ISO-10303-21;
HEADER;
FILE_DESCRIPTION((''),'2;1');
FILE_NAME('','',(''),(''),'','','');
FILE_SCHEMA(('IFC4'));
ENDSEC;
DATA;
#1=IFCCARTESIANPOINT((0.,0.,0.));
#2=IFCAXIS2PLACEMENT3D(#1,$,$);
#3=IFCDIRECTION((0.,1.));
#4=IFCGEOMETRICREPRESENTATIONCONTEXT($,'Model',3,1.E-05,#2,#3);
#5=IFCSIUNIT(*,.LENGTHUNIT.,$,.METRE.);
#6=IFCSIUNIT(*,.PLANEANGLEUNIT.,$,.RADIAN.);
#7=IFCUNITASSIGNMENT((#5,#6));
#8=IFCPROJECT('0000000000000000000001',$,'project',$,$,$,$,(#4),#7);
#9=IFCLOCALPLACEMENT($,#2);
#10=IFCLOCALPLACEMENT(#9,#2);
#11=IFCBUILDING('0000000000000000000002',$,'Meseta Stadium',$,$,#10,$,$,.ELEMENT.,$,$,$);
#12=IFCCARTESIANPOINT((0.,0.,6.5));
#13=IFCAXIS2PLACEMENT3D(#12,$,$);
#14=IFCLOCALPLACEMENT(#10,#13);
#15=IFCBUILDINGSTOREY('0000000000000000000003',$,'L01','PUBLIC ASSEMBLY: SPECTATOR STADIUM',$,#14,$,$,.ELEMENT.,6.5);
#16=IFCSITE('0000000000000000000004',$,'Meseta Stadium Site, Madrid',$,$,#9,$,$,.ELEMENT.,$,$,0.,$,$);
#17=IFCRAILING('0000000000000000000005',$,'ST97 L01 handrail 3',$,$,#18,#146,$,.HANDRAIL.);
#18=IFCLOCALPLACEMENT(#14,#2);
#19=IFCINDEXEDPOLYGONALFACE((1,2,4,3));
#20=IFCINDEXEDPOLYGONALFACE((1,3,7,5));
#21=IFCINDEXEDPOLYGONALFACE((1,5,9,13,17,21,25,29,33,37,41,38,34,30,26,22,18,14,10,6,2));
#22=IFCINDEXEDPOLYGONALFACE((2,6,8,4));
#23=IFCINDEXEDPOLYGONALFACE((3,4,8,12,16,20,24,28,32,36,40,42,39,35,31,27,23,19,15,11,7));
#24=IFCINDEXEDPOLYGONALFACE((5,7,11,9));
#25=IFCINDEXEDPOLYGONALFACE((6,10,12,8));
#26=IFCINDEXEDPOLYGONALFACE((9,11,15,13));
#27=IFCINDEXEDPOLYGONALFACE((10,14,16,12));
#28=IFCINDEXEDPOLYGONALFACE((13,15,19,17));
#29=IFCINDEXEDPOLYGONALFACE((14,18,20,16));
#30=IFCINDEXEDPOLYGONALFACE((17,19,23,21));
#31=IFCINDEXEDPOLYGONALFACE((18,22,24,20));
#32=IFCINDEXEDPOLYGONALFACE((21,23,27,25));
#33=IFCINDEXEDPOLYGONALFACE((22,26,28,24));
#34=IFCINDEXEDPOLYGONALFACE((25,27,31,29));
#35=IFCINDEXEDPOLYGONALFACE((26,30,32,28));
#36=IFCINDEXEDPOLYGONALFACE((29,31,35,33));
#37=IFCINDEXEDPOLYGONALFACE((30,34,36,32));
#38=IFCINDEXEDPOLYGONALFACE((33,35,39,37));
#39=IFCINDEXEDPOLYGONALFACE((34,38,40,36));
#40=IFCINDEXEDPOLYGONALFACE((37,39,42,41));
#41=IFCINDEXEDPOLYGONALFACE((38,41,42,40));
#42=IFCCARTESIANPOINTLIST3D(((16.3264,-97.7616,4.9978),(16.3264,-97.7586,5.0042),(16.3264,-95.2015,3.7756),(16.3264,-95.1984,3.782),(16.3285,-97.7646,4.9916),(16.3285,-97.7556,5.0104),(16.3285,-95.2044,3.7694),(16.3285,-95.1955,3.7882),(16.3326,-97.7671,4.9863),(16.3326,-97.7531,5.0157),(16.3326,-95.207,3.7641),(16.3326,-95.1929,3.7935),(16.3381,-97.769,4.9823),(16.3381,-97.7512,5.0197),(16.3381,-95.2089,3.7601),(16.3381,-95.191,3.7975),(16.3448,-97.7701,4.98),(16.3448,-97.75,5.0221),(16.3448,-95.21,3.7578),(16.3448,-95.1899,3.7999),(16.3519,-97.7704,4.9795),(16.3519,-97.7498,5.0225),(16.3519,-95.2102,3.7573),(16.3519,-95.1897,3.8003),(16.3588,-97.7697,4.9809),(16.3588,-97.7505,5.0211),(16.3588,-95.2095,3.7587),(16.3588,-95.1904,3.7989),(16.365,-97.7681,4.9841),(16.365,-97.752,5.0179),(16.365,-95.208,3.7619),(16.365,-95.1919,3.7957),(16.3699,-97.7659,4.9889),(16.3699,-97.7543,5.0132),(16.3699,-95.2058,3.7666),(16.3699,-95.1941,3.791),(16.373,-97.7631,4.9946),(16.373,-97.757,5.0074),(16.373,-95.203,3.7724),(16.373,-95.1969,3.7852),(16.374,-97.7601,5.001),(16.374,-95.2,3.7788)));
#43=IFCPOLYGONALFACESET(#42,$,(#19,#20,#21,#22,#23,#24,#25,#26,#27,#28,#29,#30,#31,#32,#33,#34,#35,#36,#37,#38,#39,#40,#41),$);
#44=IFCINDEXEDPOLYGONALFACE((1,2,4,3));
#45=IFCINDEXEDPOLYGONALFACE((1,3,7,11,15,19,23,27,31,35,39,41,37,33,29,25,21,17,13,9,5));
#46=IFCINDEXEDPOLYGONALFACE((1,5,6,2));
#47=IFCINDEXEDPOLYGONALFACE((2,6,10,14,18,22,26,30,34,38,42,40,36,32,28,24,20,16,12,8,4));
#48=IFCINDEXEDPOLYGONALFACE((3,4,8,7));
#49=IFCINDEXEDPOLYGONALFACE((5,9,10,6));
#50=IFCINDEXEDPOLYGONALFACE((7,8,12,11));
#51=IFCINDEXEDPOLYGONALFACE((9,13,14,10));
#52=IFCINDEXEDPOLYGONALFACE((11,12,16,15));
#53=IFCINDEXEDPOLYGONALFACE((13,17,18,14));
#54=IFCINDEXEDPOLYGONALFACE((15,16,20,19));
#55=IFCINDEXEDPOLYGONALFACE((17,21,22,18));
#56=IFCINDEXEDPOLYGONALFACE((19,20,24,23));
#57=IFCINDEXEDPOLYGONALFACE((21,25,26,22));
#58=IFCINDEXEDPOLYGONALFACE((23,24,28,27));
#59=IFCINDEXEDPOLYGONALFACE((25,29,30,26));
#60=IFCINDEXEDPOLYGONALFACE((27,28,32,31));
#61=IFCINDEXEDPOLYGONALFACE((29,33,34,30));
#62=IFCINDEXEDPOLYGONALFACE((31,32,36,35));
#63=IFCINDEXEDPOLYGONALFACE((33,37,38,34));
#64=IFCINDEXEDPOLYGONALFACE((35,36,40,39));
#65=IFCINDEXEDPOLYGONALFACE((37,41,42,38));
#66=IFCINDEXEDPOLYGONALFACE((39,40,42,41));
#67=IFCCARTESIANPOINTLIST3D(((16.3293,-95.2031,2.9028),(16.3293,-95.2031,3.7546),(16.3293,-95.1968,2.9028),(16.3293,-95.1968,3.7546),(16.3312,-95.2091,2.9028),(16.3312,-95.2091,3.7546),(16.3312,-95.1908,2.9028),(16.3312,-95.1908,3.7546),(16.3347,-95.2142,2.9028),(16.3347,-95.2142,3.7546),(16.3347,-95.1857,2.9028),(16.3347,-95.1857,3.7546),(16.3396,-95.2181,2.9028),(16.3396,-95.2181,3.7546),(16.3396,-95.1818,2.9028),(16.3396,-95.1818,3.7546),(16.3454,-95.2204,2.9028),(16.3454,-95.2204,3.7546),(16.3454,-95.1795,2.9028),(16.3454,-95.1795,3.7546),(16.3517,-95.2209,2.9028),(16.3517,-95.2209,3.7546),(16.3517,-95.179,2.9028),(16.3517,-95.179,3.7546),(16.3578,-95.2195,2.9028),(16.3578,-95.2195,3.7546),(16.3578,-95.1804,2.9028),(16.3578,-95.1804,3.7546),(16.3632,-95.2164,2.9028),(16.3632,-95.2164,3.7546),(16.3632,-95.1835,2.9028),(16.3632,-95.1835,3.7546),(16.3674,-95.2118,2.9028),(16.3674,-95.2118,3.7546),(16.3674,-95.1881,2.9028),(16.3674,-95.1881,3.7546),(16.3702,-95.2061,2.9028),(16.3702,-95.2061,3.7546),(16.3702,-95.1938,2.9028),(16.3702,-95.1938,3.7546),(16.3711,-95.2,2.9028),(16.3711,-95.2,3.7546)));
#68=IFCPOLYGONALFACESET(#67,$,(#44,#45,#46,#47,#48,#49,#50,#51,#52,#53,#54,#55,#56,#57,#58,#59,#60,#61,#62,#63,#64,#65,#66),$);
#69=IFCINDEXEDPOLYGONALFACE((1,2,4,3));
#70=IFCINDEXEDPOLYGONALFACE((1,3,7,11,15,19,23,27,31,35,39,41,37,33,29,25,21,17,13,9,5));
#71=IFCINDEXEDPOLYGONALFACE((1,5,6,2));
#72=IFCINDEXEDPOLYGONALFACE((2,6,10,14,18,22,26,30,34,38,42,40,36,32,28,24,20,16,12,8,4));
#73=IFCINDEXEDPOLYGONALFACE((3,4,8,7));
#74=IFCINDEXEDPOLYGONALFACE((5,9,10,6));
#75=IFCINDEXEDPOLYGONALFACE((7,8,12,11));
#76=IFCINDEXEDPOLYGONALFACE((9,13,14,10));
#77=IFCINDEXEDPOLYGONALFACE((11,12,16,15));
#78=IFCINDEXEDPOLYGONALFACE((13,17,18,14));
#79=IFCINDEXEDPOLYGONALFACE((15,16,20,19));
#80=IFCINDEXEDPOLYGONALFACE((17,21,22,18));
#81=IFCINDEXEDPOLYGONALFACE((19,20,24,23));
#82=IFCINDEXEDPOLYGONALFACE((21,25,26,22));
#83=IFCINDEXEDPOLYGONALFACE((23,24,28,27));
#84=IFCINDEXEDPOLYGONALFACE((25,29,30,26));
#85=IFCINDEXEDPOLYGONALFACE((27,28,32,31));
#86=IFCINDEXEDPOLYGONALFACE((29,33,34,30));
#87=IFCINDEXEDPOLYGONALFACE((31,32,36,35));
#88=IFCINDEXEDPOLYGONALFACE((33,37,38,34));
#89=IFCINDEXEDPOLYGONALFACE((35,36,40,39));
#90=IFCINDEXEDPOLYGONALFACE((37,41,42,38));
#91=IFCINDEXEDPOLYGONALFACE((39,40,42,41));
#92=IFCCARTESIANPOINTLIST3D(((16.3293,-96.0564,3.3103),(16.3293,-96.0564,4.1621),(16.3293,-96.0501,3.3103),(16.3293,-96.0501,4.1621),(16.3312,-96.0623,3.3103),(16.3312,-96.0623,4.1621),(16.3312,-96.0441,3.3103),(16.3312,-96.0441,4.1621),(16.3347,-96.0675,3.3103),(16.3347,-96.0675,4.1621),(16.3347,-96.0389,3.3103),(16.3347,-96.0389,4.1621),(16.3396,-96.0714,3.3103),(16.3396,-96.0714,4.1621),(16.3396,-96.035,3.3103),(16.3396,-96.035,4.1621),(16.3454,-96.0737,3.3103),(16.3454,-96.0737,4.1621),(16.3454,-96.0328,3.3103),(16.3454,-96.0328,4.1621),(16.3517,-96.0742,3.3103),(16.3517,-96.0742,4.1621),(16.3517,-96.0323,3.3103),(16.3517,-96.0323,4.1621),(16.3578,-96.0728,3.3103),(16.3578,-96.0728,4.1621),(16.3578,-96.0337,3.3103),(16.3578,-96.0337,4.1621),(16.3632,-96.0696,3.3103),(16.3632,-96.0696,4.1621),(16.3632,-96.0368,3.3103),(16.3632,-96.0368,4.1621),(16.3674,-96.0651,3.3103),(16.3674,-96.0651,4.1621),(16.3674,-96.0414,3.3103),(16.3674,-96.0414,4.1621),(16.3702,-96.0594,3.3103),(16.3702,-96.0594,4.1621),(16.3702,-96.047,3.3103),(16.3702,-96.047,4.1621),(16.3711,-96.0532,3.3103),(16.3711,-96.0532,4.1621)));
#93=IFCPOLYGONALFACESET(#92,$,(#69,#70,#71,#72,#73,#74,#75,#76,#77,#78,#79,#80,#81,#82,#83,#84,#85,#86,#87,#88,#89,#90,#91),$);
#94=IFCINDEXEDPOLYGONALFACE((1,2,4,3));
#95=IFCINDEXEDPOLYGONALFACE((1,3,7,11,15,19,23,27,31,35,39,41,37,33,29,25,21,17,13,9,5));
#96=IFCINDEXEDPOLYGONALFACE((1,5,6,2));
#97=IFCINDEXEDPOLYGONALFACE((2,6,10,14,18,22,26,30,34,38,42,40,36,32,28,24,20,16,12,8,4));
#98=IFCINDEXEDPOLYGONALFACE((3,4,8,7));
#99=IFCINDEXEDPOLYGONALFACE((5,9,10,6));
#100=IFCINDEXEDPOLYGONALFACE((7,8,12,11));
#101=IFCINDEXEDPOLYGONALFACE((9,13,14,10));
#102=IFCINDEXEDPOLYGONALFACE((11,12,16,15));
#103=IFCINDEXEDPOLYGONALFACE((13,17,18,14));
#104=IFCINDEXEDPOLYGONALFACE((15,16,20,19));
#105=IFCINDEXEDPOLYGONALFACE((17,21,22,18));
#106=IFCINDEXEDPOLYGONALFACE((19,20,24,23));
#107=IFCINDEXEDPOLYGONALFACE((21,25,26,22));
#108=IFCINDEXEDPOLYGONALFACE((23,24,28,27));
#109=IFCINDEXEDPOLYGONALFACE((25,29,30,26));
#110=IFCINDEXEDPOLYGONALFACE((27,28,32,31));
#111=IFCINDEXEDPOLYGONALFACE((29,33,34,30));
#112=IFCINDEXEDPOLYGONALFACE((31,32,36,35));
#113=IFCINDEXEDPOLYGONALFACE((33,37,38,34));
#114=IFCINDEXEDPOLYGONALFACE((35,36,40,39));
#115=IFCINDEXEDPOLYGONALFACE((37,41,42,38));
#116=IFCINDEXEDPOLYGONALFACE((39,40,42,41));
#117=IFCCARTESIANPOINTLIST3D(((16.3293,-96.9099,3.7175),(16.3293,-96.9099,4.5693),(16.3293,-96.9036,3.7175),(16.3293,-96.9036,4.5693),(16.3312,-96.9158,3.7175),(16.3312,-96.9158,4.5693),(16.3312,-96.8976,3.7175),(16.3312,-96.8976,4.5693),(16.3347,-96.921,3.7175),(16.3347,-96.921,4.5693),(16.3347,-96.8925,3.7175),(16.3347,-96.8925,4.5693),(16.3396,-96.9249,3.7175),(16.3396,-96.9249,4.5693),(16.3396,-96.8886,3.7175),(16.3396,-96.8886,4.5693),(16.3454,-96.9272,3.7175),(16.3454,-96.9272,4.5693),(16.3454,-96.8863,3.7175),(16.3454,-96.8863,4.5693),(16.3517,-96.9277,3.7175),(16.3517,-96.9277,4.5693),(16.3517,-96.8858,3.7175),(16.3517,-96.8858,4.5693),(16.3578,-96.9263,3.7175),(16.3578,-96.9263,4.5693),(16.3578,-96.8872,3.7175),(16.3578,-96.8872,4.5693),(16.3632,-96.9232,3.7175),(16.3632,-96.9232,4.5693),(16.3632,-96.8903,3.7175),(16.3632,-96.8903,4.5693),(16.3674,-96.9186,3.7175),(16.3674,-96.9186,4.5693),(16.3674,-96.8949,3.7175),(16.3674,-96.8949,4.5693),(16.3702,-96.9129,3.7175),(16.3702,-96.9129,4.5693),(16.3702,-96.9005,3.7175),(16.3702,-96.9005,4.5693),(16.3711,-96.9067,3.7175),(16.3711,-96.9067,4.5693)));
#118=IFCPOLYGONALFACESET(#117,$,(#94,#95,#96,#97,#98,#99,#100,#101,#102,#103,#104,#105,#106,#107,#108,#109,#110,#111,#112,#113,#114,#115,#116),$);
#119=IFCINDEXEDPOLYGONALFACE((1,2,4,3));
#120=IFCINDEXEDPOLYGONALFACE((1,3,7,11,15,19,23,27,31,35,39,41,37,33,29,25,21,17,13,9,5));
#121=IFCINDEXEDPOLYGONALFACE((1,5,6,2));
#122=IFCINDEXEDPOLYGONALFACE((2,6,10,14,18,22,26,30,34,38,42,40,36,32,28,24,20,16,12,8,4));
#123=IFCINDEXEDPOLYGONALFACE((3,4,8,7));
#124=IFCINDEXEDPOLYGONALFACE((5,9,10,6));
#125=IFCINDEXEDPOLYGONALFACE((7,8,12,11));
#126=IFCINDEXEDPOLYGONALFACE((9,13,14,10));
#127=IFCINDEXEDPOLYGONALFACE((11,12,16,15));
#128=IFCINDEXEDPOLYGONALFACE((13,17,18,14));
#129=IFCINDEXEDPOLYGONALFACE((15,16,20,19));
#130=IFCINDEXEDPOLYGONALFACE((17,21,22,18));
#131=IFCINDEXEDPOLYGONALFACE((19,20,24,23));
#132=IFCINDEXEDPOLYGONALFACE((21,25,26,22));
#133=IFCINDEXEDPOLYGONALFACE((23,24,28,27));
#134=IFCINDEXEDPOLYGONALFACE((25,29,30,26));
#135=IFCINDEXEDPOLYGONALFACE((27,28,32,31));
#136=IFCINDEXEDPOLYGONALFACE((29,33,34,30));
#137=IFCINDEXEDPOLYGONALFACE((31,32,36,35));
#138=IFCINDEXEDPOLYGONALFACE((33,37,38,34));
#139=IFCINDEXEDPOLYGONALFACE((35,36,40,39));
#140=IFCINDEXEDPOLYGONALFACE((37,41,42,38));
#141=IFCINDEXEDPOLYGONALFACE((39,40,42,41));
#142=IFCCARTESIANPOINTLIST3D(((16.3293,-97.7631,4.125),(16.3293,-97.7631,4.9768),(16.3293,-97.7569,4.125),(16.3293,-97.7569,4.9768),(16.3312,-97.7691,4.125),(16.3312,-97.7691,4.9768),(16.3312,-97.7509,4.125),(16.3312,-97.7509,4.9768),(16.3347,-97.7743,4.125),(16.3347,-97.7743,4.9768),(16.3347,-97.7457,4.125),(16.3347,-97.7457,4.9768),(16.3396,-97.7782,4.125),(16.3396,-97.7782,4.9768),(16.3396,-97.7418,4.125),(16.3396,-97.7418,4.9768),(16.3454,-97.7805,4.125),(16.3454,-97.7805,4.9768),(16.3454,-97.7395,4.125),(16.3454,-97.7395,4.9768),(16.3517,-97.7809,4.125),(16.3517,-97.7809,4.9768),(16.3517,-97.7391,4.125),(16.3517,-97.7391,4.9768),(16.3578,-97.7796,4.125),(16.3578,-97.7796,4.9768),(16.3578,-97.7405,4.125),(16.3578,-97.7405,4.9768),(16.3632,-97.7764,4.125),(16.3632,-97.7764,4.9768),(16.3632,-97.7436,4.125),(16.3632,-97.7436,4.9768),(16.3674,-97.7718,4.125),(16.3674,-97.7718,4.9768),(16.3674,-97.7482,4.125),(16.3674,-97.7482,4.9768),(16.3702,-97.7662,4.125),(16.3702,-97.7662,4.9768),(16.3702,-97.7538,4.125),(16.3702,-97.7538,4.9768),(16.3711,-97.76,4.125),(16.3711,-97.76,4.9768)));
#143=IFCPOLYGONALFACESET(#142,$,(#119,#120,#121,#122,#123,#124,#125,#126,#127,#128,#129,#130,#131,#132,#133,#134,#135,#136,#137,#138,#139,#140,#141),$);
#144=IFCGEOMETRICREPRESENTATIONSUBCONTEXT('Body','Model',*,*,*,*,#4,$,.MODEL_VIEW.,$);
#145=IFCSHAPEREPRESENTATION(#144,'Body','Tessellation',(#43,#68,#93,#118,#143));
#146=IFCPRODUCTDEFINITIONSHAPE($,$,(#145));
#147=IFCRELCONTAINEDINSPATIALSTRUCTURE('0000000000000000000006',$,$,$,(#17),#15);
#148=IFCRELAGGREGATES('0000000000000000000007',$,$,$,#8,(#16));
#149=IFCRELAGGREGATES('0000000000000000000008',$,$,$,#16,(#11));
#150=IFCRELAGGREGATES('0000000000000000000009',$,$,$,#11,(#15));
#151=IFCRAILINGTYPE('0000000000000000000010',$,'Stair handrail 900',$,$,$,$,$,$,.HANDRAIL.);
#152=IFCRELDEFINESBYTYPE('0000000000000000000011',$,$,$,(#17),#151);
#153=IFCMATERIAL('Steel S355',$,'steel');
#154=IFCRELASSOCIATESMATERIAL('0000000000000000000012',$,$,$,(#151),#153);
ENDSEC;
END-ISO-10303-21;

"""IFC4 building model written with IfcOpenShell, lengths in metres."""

from ifc_helpers import new_model, si_unit, direction, frame, origin, origin_2d, place, context, subcontext, project, spatial, circle, extrude, material, type_object, element, save


model = new_model("IFC4")

# Units and contexts
model_context = context("Model", 3, precision=1e-05, world=origin(), true_north=direction((0.0, 1.0)))
body_context = subcontext(model_context, "Body", "Model", "MODEL_VIEW")
ifc_project = project(units=[si_unit("LENGTHUNIT", "METRE"), si_unit("PLANEANGLEUNIT", "RADIAN")], contexts=[model_context])

# Site, building, storey
site_placement = place(None, origin())
site = spatial("IfcSite", under=ifc_project, at=site_placement, Name="Meseta Stadium Site, Madrid", CompositionType="ELEMENT", RefElevation=0.0)
building_placement = place(site_placement, origin())
building = spatial("IfcBuilding", under=site, at=building_placement, Name="Meseta Stadium", CompositionType="ELEMENT")
storey_placement = place(building_placement, frame((0.0, 0.0, 6.5)))
storey = spatial("IfcBuildingStorey", under=building, at=storey_placement, Name="L01", Description="PUBLIC ASSEMBLY: SPECTATOR STADIUM", CompositionType="ELEMENT", Elevation=6.5)

# Railing
ifc_material_1 = material(Name="Steel S355", Category="steel")
railing_type = type_object("IfcRailingType", Name="Stair handrail 900", PredefinedType="HANDRAIL", material=ifc_material_1)
for number, where, name in (
    (1, (16.3501, -95.2, 2.9028), "ST97 L01 handrail 3"),
):
    element("IfcRailing", number, at=place(storey_placement, frame(where)), inside=storey, type_object=railing_type, Name=name, PredefinedType="HANDRAIL", context=body_context, shape_type="SweptSolid", body=[
        extrude(circle(Radius=0.0239, at=origin_2d()), frame((0.0, 0.0, 0.876), z_axis=(0.0, -0.902437, 0.430822), x_axis=(1.0, 0.0, 0.0)), (0.0, 0.0, 1.0), 2.8369),
        extrude(circle(Radius=0.021, at=origin_2d()), origin(), (0.0, 0.0, 1.0), 0.8518),
        extrude(circle(Radius=0.021, at=origin_2d()), frame((0.0, -0.8533, 0.4075)), (0.0, 0.0, 1.0), 0.8518),
        extrude(circle(Radius=0.021, at=origin_2d()), frame((0.0, -1.7068, 0.8147)), (0.0, 0.0, 1.0), 0.8518),
        extrude(circle(Radius=0.021, at=origin_2d()), frame((0.0, -2.5601, 1.2222)), (0.0, 0.0, 1.0), 0.8518),
    ])

save(model, "model.ifc")
